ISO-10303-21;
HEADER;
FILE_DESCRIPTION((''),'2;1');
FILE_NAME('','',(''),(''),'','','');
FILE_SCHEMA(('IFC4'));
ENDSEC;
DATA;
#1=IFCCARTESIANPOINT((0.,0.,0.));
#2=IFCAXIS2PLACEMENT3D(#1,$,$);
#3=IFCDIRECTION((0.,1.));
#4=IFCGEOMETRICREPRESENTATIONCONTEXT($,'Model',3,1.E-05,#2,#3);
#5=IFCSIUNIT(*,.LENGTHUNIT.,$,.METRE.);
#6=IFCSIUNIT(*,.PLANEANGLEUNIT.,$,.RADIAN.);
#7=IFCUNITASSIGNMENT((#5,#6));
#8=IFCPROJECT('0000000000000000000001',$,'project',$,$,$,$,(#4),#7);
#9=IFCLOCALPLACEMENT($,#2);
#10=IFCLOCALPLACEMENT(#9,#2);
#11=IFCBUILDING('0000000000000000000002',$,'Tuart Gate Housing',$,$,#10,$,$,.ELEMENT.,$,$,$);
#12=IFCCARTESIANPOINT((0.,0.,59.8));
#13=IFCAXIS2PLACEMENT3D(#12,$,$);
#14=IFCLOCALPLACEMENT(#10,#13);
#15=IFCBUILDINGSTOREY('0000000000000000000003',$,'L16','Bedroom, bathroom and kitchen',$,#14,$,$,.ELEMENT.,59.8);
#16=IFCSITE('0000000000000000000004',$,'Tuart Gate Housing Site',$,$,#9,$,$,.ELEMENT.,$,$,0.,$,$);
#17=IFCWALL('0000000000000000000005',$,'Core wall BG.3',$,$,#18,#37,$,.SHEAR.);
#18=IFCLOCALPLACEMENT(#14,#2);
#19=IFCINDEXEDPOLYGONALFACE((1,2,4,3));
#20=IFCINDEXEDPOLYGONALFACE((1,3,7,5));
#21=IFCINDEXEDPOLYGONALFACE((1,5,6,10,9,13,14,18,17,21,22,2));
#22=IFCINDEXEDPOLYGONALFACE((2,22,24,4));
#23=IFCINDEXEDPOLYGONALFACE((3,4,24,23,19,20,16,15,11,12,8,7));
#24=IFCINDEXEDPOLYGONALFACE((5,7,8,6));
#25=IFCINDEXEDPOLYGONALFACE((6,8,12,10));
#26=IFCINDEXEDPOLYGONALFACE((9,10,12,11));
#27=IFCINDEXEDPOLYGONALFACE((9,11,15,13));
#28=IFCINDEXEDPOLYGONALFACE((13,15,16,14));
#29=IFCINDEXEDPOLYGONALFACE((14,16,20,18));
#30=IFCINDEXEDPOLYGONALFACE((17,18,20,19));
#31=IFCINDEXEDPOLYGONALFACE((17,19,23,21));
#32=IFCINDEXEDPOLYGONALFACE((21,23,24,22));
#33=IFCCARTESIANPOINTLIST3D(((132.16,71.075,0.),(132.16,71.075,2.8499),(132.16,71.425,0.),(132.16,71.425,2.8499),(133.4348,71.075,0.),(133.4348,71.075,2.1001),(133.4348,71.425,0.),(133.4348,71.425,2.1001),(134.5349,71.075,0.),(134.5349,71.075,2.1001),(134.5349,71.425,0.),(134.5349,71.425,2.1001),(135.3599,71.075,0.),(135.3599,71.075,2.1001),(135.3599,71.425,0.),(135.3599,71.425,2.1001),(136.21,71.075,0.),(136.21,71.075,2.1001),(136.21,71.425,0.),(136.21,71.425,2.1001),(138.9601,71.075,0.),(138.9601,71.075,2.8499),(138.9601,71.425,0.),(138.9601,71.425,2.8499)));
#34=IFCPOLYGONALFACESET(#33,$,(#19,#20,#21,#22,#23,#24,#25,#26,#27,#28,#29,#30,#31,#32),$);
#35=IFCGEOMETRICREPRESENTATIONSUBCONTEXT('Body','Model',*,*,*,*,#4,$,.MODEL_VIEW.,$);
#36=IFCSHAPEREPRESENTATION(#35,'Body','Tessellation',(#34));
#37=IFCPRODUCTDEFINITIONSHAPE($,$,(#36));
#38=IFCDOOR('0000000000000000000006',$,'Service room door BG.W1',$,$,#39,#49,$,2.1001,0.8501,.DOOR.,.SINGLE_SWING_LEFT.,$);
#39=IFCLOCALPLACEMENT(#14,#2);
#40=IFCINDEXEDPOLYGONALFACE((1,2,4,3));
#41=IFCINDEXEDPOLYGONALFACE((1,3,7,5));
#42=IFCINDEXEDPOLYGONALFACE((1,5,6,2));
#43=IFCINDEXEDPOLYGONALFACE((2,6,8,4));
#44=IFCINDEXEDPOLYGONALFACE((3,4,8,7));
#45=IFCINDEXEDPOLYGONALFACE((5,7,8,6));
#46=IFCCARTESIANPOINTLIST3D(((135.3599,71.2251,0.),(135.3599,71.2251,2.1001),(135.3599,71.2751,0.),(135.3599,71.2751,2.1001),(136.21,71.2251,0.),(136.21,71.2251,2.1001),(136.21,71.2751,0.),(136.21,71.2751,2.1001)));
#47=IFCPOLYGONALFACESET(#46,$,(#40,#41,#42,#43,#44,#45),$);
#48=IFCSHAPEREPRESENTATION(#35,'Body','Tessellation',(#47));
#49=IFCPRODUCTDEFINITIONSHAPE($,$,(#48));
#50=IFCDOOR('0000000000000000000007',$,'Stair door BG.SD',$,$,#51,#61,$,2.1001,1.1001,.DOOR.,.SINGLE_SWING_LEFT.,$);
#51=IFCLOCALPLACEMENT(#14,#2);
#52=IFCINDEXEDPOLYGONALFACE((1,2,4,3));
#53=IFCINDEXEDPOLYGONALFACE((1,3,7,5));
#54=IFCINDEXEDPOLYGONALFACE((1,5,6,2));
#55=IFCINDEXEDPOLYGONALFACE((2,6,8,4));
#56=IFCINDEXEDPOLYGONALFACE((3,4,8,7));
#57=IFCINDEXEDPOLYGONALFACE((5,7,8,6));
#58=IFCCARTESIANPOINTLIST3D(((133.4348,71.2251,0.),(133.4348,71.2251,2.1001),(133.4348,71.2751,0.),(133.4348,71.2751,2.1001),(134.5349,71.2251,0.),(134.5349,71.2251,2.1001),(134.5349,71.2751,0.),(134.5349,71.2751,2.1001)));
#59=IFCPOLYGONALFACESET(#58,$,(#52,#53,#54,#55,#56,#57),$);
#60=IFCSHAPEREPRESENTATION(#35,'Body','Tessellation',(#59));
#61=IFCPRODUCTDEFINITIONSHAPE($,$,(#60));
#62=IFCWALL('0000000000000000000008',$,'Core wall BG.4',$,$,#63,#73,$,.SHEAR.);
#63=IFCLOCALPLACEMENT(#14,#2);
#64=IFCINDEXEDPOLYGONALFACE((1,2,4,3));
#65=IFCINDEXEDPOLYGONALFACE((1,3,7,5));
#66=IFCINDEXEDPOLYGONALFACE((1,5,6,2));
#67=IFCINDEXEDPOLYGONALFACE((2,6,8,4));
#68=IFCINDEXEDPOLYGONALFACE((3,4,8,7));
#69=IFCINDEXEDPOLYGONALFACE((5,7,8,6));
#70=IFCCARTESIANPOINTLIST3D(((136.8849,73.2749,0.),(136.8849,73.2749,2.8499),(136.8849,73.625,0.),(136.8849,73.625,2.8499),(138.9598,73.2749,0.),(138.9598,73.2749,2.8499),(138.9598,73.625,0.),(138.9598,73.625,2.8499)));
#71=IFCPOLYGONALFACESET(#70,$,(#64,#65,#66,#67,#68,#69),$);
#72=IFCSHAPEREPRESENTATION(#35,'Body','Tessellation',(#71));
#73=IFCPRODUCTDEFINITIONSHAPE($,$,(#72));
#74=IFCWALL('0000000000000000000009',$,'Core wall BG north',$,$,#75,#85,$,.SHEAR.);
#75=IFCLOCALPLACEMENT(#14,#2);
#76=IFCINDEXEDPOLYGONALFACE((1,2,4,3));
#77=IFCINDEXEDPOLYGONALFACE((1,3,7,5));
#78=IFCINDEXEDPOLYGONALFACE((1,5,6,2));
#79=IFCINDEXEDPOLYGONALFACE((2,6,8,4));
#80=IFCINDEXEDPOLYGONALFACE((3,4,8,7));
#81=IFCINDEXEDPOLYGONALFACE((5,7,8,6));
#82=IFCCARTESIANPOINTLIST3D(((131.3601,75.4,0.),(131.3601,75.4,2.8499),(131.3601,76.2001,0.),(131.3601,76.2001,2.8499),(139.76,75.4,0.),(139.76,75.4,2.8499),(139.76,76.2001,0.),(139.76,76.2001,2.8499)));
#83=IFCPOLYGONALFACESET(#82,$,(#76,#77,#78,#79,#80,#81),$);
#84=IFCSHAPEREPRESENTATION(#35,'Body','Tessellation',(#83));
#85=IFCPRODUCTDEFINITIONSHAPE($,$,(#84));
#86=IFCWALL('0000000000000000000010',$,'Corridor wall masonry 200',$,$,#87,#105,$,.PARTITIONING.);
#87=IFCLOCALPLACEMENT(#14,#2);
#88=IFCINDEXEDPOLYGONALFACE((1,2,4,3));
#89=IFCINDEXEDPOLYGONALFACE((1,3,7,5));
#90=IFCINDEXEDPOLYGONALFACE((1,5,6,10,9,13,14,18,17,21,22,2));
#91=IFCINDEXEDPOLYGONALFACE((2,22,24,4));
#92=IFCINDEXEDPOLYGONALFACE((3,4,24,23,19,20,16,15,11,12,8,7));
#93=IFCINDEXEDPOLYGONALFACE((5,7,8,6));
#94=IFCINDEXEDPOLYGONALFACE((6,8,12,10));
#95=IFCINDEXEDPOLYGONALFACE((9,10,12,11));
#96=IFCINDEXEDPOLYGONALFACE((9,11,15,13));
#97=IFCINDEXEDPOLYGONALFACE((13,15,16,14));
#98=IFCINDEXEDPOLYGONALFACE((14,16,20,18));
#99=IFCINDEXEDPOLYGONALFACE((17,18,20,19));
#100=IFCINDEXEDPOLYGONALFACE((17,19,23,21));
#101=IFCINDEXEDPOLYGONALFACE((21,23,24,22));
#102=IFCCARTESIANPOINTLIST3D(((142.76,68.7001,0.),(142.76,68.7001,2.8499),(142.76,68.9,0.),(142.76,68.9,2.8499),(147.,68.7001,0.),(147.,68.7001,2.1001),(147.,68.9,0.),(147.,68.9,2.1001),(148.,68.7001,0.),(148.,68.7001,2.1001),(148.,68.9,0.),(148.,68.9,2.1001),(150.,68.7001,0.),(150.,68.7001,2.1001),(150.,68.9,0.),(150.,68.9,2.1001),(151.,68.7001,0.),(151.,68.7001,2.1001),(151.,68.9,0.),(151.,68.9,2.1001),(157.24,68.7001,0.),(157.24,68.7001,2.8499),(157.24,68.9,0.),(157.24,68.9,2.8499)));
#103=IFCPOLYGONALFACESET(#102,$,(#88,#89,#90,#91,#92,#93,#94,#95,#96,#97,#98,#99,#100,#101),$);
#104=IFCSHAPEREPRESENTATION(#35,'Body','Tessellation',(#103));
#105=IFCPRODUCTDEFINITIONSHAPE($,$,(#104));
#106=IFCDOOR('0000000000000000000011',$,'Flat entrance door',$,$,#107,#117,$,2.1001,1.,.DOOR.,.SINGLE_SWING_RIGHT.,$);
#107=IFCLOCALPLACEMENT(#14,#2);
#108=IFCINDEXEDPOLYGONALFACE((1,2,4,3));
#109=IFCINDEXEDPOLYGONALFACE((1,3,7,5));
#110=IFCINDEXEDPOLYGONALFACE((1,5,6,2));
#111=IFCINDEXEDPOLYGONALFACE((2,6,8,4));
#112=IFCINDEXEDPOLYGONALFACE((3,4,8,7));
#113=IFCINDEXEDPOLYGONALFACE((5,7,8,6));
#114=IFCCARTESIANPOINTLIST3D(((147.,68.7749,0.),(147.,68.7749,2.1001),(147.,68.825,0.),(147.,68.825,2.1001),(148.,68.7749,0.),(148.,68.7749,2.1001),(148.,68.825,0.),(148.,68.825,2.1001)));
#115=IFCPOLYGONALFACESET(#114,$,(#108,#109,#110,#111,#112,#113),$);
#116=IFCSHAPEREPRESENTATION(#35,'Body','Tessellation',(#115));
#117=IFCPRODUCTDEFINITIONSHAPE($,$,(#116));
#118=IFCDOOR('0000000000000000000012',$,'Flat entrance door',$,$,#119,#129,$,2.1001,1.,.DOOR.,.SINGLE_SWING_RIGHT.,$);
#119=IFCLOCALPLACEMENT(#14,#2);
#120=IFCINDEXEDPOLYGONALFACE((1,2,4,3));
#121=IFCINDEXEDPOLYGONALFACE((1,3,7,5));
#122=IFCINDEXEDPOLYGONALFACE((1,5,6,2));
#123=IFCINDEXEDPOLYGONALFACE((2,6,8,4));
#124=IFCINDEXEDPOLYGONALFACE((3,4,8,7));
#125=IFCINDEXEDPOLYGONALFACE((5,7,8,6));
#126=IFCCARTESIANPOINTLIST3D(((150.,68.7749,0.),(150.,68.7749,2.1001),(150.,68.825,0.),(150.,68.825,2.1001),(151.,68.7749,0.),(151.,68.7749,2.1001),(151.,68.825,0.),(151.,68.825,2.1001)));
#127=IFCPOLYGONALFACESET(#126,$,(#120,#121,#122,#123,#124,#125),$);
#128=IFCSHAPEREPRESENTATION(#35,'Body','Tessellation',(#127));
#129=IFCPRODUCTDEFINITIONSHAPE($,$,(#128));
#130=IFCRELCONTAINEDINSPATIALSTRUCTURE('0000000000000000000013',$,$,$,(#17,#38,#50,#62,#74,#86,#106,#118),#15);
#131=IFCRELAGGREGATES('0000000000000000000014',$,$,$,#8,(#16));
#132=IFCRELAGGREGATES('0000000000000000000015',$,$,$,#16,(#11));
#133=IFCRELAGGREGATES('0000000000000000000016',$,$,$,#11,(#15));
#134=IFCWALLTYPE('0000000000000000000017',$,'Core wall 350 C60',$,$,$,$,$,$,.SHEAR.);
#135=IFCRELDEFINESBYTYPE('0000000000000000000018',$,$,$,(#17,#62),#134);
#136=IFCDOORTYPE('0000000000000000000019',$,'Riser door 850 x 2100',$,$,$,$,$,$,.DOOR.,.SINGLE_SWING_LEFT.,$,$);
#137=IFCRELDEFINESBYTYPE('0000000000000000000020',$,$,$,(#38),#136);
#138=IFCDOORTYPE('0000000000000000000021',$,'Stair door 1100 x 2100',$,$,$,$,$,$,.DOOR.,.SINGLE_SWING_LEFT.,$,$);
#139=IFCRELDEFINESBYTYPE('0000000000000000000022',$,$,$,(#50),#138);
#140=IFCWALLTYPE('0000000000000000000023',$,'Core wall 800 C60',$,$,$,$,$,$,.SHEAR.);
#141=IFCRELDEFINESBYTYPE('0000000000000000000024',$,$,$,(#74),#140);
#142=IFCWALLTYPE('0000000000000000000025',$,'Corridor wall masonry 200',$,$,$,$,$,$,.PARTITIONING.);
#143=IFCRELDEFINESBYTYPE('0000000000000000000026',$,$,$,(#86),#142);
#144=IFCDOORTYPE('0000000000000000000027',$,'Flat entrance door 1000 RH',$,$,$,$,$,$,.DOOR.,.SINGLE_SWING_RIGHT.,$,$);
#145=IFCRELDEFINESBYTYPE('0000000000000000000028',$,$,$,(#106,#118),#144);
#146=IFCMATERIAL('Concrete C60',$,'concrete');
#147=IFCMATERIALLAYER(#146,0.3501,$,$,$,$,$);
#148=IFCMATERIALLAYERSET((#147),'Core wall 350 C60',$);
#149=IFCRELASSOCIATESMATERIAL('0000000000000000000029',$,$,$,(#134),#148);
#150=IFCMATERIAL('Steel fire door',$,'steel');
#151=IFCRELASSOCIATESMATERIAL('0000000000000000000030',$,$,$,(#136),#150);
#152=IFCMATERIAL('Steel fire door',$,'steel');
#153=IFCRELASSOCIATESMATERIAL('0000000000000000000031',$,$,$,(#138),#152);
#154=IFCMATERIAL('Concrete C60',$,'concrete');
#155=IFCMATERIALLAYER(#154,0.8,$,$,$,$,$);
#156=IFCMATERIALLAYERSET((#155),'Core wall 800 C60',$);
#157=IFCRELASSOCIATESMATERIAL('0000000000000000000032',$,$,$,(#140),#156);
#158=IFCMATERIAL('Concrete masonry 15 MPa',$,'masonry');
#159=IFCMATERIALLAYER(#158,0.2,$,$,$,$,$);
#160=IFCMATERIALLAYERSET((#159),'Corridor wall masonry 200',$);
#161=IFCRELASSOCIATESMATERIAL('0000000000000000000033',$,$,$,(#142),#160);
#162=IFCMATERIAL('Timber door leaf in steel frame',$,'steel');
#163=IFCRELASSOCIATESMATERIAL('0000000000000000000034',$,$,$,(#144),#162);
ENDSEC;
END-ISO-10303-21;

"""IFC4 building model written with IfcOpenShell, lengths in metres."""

from ifc_helpers import new_model, si_unit, direction, frame, frame_2d, origin, place, context, subcontext, project, spatial, rectangle, extrude, material, layer, layer_set, type_object, element, fill, save


model = new_model("IFC4")

# Units and contexts
model_context = context("Model", 3, precision=1e-05, world=origin(), true_north=direction((0.0, 1.0)))
body_context = subcontext(model_context, "Body", "Model", "MODEL_VIEW")
ifc_project = project(units=[si_unit("LENGTHUNIT", "METRE"), si_unit("PLANEANGLEUNIT", "RADIAN")], contexts=[model_context])

# Site, building, storey
site_placement = place(None, origin())
site = spatial("IfcSite", under=ifc_project, at=site_placement, Name="Tuart Gate Housing Site", CompositionType="ELEMENT", RefElevation=0.0)
building_placement = place(site_placement, origin())
building = spatial("IfcBuilding", under=site, at=building_placement, Name="Tuart Gate Housing", CompositionType="ELEMENT")
storey_placement = place(building_placement, frame((0.0, 0.0, 59.8)))
storey = spatial("IfcBuildingStorey", under=building, at=storey_placement, Name="L16", Description="Bedroom, bathroom and kitchen", CompositionType="ELEMENT", Elevation=59.8)

# Wall, openings, doors
ifc_material_1 = material(Name="Concrete C60", Category="concrete")
ifc_layer_1 = layer(ifc_material_1, 0.3501)
ifc_layer_set_1 = layer_set([ifc_layer_1], Name="Core wall 350 C60")
wall_type_1 = type_object("IfcWallType", Name="Core wall 350 C60", PredefinedType="SHEAR", material=ifc_layer_set_1)
wall_1_placement = place(storey_placement, frame((138.96, 71.25, 0.0), z_axis=(0.0, 0.0, 1.0), x_axis=(-1.0, 0.0, 0.0)))
wall_1 = element("IfcWall", 1, at=wall_1_placement, inside=storey, type_object=wall_type_1, Name="Core wall BG.3", PredefinedType="SHEAR", context=body_context, shape_type="SweptSolid", body=[
    extrude(rectangle(XDim=6.8, YDim=0.3501, at=frame_2d((3.3999, 0.0))), origin(), (0.0, 0.0, 1.0), 2.8499),
])
opening_1_placement = place(wall_1_placement, frame((4.425, 0.0, 0.0)))
opening_1 = element("IfcOpeningElement", 2, at=opening_1_placement, cuts=wall_1, PredefinedType="OPENING", context=body_context, shape_type="SweptSolid", body=[
    extrude(rectangle(XDim=1.1001, YDim=2.1001, at=frame_2d((0.55, 1.05))), frame((0.0, 0.1851, 0.0), z_axis=(0.0, -1.0, 0.0), x_axis=(1.0, 0.0, 0.0)), (0.0, 0.0, 1.0), 0.3701),
])
opening_2_placement = place(wall_1_placement, frame((2.75, 0.0, 0.0)))
opening_2 = element("IfcOpeningElement", 3, at=opening_2_placement, cuts=wall_1, PredefinedType="OPENING", context=body_context, shape_type="SweptSolid", body=[
    extrude(rectangle(XDim=0.8501, YDim=2.1001, at=frame_2d((0.425, 1.05))), frame((0.0, 0.1851, 0.0), z_axis=(0.0, -1.0, 0.0), x_axis=(1.0, 0.0, 0.0)), (0.0, 0.0, 1.0), 0.3701),
])
ifc_material_2 = material(Name="Steel fire door", Category="steel")
door_type_1 = type_object("IfcDoorType", Name="Riser door 850 x 2100", OperationType="SINGLE_SWING_LEFT", PredefinedType="DOOR", material=ifc_material_2)
door_1_placement = place(opening_2_placement, origin())
door_1 = element("IfcDoor", 4, at=door_1_placement, inside=storey, type_object=door_type_1, Name="Service room door BG.W1", OperationType="SINGLE_SWING_LEFT", OverallHeight=2.1001, OverallWidth=0.8501, PredefinedType="DOOR", context=body_context, shape_type="SweptSolid", body=[
    extrude(rectangle(XDim=0.8501, YDim=2.1001, at=frame_2d((0.425, 1.05))), frame((0.0, 0.0249, 0.0), z_axis=(0.0, -1.0, 0.0), x_axis=(1.0, 0.0, 0.0)), (0.0, 0.0, 1.0), 0.05),
])
fill(opening_2, door_1)
ifc_material_3 = material(Name="Steel fire door", Category="steel")
door_type_2 = type_object("IfcDoorType", Name="Stair door 1100 x 2100", OperationType="SINGLE_SWING_LEFT", PredefinedType="DOOR", material=ifc_material_3)
door_2_placement = place(opening_1_placement, origin())
door_2 = element("IfcDoor", 5, at=door_2_placement, inside=storey, type_object=door_type_2, Name="Stair door BG.SD", OperationType="SINGLE_SWING_LEFT", OverallHeight=2.1001, OverallWidth=1.1001, PredefinedType="DOOR", context=body_context, shape_type="SweptSolid", body=[
    extrude(rectangle(XDim=1.1001, YDim=2.1001, at=frame_2d((0.55, 1.05))), frame((0.0, 0.0249, 0.0), z_axis=(0.0, -1.0, 0.0), x_axis=(1.0, 0.0, 0.0)), (0.0, 0.0, 1.0), 0.05),
])
fill(opening_1, door_2)

# Walls
wall_2_placement = place(storey_placement, frame((138.96, 73.45, 0.0), z_axis=(0.0, 0.0, 1.0), x_axis=(-1.0, 0.0, 0.0)))
element("IfcWall", 6, at=wall_2_placement, inside=storey, type_object=wall_type_1, Name="Core wall BG.4", PredefinedType="SHEAR", context=body_context, shape_type="SweptSolid", body=[
    extrude(rectangle(XDim=2.075, YDim=0.3501, at=frame_2d((1.0376, 0.0))), origin(), (0.0, 0.0, 1.0), 2.8499),
])
ifc_material_4 = material(Name="Concrete C60", Category="concrete")
ifc_layer_2 = layer(ifc_material_4, 0.8)
ifc_layer_set_2 = layer_set([ifc_layer_2], Name="Core wall 800 C60")
wall_type_2 = type_object("IfcWallType", Name="Core wall 800 C60", PredefinedType="SHEAR", material=ifc_layer_set_2)
wall_3_placement = place(storey_placement, frame((139.76, 75.8, 0.0), z_axis=(0.0, 0.0, 1.0), x_axis=(-1.0, 0.0, 0.0)))
element("IfcWall", 7, at=wall_3_placement, inside=storey, type_object=wall_type_2, Name="Core wall BG north", PredefinedType="SHEAR", context=body_context, shape_type="SweptSolid", body=[
    extrude(rectangle(XDim=8.3999, YDim=0.8, at=frame_2d((4.2, 0.0))), origin(), (0.0, 0.0, 1.0), 2.8499),
])

# Wall, openings, doors
ifc_material_5 = material(Name="Concrete masonry 15 MPa", Category="masonry")
ifc_layer_3 = layer(ifc_material_5, 0.2)
ifc_layer_set_3 = layer_set([ifc_layer_3], Name="Corridor wall masonry 200")
wall_type_3 = type_object("IfcWallType", Name="Corridor wall masonry 200", PredefinedType="PARTITIONING", material=ifc_layer_set_3)
wall_4_placement = place(storey_placement, frame((142.76, 68.8, 0.0), z_axis=(0.0, 0.0, 1.0), x_axis=(1.0, 0.0, 0.0)))
wall_4 = element("IfcWall", 8, at=wall_4_placement, inside=storey, type_object=wall_type_3, Name="Corridor wall masonry 200", PredefinedType="PARTITIONING", context=body_context, shape_type="SweptSolid", body=[
    extrude(rectangle(XDim=14.48, YDim=0.2, at=frame_2d((7.24, 0.0))), origin(), (0.0, 0.0, 1.0), 2.8499),
])
opening_3_placement = place(wall_4_placement, frame((4.24, 0.0, 0.0)))
opening_3 = element("IfcOpeningElement", 9, at=opening_3_placement, cuts=wall_4, PredefinedType="OPENING", context=body_context, shape_type="SweptSolid", body=[
    extrude(rectangle(XDim=1.0, YDim=2.1001, at=frame_2d((0.5, 1.05))), frame((0.0, 0.1099, 0.0), z_axis=(0.0, -1.0, 0.0), x_axis=(1.0, 0.0, 0.0)), (0.0, 0.0, 1.0), 0.22),
])
opening_4_placement = place(wall_4_placement, frame((7.24, 0.0, 0.0)))
opening_4 = element("IfcOpeningElement", 10, at=opening_4_placement, cuts=wall_4, PredefinedType="OPENING", context=body_context, shape_type="SweptSolid", body=[
    extrude(rectangle(XDim=1.0, YDim=2.1001, at=frame_2d((0.5, 1.05))), frame((0.0, 0.1099, 0.0), z_axis=(0.0, -1.0, 0.0), x_axis=(1.0, 0.0, 0.0)), (0.0, 0.0, 1.0), 0.22),
])
ifc_material_6 = material(Name="Timber door leaf in steel frame", Category="steel")
door_type_3 = type_object("IfcDoorType", Name="Flat entrance door 1000 RH", OperationType="SINGLE_SWING_RIGHT", PredefinedType="DOOR", material=ifc_material_6)
door_3_placement = place(opening_3_placement, frame((1.0, 0.0, 0.0), z_axis=(0.0, 0.0, 1.0), x_axis=(-1.0, 0.0, 0.0)))
door_3 = element("IfcDoor", 11, at=door_3_placement, inside=storey, type_object=door_type_3, Name="Flat entrance door", OperationType="SINGLE_SWING_RIGHT", OverallHeight=2.1001, OverallWidth=1.0, PredefinedType="DOOR", context=body_context, shape_type="SweptSolid", body=[
    extrude(rectangle(XDim=1.0, YDim=2.1001, at=frame_2d((0.5, 1.05))), frame((0.0, 0.0251, 0.0), z_axis=(0.0, -1.0, 0.0), x_axis=(1.0, 0.0, 0.0)), (0.0, 0.0, 1.0), 0.05),
])
fill(opening_3, door_3)
door_4_placement = place(opening_4_placement, frame((1.0, 0.0, 0.0), z_axis=(0.0, 0.0, 1.0), x_axis=(-1.0, 0.0, 0.0)))
door_4 = element("IfcDoor", 12, at=door_4_placement, inside=storey, type_object=door_type_3, Name="Flat entrance door", OperationType="SINGLE_SWING_RIGHT", OverallHeight=2.1001, OverallWidth=1.0, PredefinedType="DOOR", context=body_context, shape_type="SweptSolid", body=[
    extrude(rectangle(XDim=1.0, YDim=2.1001, at=frame_2d((0.5, 1.05))), frame((0.0, 0.0251, 0.0), z_axis=(0.0, -1.0, 0.0), x_axis=(1.0, 0.0, 0.0)), (0.0, 0.0, 1.0), 0.05),
])
fill(opening_4, door_4)

save(model, "model.ifc")
